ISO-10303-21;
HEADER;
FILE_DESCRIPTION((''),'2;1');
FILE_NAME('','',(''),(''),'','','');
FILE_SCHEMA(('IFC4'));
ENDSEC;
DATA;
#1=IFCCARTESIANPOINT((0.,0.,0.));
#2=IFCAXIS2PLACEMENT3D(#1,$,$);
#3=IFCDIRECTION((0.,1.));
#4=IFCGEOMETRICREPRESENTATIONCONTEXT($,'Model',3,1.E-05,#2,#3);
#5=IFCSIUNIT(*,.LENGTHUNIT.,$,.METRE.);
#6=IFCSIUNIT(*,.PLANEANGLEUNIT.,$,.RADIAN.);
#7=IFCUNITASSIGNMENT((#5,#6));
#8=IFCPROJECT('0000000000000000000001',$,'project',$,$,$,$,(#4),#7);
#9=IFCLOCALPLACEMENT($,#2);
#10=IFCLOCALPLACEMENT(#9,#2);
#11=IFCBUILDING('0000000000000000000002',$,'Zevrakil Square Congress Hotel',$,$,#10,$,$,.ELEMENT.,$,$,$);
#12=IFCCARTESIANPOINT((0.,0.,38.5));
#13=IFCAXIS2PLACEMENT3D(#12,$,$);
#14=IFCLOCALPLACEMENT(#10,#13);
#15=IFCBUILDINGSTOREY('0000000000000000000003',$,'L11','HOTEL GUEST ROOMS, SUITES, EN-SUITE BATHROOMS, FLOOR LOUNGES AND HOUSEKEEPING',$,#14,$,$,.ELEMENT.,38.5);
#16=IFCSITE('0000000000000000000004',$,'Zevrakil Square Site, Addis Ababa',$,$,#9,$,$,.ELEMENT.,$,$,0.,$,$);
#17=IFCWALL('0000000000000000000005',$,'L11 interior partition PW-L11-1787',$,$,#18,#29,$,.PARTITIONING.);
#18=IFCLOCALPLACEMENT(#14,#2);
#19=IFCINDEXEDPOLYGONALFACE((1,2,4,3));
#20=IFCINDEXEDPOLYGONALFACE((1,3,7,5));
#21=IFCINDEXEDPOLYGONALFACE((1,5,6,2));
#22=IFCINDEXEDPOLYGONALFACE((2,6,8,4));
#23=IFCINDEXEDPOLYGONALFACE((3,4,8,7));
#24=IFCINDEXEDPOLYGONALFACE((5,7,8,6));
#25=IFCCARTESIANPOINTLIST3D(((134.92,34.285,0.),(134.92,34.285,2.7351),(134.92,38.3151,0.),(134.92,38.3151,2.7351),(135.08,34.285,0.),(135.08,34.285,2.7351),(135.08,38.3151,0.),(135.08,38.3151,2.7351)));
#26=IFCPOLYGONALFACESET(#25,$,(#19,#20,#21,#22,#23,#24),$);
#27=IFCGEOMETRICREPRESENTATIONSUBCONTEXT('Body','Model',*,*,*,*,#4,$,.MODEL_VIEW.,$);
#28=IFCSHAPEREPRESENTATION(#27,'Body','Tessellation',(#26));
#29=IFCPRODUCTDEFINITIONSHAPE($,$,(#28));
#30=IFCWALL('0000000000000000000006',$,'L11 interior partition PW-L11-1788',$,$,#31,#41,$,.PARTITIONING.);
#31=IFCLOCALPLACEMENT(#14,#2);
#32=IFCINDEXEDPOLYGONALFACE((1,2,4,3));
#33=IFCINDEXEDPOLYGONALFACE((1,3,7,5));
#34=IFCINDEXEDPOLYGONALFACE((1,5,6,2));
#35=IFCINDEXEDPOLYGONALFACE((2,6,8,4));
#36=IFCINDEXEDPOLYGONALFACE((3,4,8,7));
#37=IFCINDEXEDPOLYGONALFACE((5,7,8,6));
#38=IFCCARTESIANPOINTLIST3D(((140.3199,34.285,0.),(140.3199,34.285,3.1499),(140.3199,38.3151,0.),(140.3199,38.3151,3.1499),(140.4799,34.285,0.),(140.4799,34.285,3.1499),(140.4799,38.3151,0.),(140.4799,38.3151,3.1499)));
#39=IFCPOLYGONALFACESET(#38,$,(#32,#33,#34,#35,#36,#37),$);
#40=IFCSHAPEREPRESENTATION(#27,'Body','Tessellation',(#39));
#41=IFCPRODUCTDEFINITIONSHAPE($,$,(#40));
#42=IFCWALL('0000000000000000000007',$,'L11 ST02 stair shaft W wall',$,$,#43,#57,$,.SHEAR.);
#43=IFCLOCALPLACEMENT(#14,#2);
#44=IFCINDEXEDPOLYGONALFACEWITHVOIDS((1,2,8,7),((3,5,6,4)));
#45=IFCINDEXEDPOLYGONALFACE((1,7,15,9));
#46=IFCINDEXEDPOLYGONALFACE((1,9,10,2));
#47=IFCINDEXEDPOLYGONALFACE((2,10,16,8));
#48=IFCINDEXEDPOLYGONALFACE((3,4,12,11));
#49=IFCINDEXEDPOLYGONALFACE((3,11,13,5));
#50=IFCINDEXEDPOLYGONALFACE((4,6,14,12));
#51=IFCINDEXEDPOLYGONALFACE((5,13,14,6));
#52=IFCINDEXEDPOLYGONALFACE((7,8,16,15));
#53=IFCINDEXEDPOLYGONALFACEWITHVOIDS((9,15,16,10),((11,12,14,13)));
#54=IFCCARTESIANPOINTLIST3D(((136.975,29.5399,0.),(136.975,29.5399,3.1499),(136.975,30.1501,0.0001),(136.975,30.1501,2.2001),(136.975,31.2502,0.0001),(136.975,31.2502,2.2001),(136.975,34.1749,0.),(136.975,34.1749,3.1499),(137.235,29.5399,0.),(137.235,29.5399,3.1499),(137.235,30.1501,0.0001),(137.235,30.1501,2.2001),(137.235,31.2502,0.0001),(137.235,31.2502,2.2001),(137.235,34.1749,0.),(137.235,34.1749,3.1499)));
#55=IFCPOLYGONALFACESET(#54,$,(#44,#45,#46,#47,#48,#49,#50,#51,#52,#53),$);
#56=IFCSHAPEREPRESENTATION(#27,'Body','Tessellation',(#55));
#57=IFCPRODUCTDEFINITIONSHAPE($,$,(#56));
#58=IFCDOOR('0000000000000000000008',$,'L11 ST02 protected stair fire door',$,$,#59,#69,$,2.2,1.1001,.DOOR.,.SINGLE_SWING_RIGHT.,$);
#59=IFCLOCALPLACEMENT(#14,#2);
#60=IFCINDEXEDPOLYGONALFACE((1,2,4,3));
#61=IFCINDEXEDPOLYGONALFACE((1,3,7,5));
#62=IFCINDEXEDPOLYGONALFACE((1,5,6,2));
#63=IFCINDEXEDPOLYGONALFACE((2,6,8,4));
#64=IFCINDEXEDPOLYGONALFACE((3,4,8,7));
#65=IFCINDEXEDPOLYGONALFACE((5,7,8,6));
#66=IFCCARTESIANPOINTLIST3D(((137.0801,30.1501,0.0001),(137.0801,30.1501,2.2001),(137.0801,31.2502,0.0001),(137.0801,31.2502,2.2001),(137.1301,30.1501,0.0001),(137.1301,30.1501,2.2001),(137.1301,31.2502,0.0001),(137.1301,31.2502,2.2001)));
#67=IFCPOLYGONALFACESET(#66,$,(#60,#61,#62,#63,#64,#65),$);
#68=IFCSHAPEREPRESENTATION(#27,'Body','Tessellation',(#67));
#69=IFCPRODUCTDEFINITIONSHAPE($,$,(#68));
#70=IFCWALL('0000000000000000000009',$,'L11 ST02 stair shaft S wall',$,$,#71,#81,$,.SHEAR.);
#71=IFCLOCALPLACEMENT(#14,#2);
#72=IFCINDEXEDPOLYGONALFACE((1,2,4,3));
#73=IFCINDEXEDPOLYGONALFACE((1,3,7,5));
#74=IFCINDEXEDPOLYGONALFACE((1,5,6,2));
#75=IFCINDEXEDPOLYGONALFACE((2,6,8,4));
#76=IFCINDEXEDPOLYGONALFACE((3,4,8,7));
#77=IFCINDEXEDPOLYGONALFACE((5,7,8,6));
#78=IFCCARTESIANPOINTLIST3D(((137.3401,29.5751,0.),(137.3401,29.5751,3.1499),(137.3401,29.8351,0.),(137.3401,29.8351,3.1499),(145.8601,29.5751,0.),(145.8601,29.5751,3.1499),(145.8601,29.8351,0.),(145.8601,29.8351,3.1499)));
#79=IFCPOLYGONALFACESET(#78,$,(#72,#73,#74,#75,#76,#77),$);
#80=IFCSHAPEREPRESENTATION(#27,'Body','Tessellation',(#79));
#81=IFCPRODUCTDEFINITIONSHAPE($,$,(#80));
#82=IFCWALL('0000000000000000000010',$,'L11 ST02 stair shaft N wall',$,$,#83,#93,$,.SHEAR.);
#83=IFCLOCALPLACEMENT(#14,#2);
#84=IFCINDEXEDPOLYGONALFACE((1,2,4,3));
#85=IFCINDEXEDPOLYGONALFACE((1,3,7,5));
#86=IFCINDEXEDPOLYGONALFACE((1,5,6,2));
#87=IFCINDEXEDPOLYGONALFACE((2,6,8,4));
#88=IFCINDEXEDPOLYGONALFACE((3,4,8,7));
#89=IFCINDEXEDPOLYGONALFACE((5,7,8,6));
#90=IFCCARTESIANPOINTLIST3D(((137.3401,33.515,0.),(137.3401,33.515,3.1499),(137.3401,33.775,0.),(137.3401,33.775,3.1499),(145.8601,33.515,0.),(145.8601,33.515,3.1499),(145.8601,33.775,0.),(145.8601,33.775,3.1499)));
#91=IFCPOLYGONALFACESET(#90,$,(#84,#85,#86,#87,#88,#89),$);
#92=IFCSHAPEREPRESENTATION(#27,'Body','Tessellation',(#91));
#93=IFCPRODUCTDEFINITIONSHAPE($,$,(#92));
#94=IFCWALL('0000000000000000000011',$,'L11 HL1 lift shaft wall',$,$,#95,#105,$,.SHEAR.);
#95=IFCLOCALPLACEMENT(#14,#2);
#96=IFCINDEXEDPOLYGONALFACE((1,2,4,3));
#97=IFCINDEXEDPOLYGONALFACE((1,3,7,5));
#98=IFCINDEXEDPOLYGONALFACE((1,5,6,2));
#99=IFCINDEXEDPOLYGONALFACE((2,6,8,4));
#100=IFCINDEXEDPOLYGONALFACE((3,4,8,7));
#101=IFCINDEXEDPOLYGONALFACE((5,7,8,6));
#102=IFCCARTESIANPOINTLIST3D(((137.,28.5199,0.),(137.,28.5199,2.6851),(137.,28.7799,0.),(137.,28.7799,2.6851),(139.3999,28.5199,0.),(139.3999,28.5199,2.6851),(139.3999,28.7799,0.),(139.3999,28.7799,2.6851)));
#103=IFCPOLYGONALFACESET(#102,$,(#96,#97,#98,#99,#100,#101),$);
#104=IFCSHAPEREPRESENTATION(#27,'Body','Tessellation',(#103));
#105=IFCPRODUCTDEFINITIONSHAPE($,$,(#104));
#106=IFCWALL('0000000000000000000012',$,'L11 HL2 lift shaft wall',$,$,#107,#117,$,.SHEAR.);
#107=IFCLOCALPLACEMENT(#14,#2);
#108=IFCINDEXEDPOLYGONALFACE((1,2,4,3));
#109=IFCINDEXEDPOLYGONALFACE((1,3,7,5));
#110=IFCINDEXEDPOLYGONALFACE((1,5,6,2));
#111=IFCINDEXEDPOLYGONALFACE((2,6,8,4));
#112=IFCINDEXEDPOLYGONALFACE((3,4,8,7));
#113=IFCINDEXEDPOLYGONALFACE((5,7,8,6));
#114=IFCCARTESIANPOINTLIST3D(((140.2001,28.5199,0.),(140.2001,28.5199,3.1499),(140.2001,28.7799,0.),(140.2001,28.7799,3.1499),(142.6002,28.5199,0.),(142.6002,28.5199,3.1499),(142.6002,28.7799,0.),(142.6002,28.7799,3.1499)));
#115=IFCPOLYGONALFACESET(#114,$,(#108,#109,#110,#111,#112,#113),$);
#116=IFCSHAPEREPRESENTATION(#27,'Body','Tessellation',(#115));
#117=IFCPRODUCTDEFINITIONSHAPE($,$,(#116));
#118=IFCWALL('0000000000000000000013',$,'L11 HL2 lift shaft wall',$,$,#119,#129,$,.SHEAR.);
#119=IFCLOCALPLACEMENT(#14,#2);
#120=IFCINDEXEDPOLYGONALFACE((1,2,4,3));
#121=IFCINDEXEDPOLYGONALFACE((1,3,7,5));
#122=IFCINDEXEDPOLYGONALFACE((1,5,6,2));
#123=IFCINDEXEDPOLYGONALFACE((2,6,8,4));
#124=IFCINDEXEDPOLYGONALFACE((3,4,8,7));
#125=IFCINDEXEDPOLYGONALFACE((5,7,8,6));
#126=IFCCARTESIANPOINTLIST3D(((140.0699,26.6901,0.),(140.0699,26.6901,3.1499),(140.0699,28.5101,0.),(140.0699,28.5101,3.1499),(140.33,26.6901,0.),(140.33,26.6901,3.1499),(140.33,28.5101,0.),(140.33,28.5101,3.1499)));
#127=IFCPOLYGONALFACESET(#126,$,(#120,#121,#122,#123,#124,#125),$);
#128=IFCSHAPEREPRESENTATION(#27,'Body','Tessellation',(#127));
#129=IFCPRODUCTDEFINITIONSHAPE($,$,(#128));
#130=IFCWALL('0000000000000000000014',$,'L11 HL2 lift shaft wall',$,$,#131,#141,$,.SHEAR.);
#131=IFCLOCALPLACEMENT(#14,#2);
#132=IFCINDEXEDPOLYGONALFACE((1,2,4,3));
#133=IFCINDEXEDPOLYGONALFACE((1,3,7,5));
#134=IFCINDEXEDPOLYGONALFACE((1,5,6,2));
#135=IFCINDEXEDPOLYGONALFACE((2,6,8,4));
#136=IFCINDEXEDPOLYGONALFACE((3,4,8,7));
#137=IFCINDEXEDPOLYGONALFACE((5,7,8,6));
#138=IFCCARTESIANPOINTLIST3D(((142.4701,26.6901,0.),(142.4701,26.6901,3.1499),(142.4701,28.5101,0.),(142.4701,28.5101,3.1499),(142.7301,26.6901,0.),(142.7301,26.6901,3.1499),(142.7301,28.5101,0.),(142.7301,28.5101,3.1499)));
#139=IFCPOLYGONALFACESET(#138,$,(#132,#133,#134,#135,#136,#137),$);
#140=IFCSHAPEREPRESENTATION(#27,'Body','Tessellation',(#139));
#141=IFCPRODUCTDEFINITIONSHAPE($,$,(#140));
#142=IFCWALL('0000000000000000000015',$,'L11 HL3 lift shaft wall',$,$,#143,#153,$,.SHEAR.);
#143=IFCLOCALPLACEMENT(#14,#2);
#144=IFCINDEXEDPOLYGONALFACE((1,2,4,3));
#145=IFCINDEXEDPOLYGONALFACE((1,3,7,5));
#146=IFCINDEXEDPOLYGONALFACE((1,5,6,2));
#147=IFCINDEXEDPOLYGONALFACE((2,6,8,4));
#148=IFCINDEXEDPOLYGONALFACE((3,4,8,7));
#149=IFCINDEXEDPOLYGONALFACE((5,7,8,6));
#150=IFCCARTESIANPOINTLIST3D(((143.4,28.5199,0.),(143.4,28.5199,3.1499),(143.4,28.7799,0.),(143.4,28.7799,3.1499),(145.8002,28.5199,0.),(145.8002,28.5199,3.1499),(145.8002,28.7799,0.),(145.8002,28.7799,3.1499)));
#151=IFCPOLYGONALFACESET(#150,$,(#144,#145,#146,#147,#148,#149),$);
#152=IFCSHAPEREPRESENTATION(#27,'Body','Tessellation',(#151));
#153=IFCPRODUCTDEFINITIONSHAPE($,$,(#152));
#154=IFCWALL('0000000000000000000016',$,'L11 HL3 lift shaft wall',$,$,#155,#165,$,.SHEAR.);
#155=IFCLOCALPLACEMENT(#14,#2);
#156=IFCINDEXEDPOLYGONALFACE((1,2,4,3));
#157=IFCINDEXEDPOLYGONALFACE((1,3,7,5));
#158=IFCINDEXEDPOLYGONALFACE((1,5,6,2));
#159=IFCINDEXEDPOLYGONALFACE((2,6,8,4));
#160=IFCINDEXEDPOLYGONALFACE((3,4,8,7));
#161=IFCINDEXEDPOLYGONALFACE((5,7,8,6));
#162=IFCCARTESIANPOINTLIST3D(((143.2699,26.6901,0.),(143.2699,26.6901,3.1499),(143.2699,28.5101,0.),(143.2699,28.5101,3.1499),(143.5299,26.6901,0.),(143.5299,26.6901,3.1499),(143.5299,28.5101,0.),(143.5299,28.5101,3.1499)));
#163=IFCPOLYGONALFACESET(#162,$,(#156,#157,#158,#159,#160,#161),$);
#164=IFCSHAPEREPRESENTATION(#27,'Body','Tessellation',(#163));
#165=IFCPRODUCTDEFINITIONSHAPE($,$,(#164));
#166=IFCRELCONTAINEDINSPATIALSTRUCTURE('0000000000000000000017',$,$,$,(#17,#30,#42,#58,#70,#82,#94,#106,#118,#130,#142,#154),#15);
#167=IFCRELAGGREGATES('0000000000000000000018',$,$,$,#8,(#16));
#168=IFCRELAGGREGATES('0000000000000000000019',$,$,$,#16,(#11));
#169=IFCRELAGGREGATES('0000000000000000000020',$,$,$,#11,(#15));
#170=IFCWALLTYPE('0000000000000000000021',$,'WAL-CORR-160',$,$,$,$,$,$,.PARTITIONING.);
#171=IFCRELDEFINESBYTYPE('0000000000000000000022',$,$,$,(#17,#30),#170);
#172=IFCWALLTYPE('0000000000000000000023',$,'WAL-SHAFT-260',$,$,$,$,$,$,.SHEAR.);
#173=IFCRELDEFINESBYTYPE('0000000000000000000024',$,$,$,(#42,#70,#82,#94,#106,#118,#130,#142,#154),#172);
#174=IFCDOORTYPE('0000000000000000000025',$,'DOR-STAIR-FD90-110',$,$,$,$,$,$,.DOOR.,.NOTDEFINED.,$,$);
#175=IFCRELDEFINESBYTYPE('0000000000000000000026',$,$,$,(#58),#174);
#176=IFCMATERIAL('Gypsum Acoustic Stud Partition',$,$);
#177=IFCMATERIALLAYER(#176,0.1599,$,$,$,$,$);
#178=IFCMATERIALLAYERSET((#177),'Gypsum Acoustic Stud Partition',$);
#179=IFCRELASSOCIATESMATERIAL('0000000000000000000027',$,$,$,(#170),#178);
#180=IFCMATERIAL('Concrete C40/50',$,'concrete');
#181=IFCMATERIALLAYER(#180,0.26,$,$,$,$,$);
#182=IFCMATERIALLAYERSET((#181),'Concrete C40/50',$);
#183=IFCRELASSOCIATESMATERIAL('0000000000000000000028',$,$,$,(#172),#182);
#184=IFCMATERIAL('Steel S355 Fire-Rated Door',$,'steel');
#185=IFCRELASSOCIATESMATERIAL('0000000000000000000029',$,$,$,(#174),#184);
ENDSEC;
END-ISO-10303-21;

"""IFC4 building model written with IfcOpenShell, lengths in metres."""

from ifc_helpers import new_model, si_unit, direction, frame, frame_2d, origin, place, context, subcontext, project, spatial, rectangle, extrude, material, layer, layer_set, type_object, element, fill, save


model = new_model("IFC4")

# Units and contexts
model_context = context("Model", 3, precision=1e-05, world=origin(), true_north=direction((0.0, 1.0)))
body_context = subcontext(model_context, "Body", "Model", "MODEL_VIEW")
ifc_project = project(units=[si_unit("LENGTHUNIT", "METRE"), si_unit("PLANEANGLEUNIT", "RADIAN")], contexts=[model_context])

# Site, building, storey
site_placement = place(None, origin())
site = spatial("IfcSite", under=ifc_project, at=site_placement, Name="Zevrakil Square Site, Addis Ababa", CompositionType="ELEMENT", RefElevation=0.0)
building_placement = place(site_placement, origin())
building = spatial("IfcBuilding", under=site, at=building_placement, Name="Zevrakil Square Congress Hotel", CompositionType="ELEMENT")
storey_placement = place(building_placement, frame((0.0, 0.0, 38.5)))
storey = spatial("IfcBuildingStorey", under=building, at=storey_placement, Name="L11", Description="HOTEL GUEST ROOMS, SUITES, EN-SUITE BATHROOMS, FLOOR LOUNGES AND HOUSEKEEPING", CompositionType="ELEMENT", Elevation=38.5)

# Shared definitions
ifc_material_1 = material(Name="Gypsum Acoustic Stud Partition")
ifc_layer_1 = layer(ifc_material_1, 0.1599)
ifc_layer_set_1 = layer_set([ifc_layer_1], Name="Gypsum Acoustic Stud Partition")
wall_type_1 = type_object("IfcWallType", Name="WAL-CORR-160", PredefinedType="PARTITIONING", material=ifc_layer_set_1)

# Walls
wall_1_placement = place(storey_placement, frame((135.0, 34.2849, 0.0), z_axis=(0.0, 0.0, 1.0), x_axis=(0.0, 1.0, 0.0)))
element("IfcWall", 1, at=wall_1_placement, inside=storey, type_object=wall_type_1, Name="L11 interior partition PW-L11-1787", PredefinedType="PARTITIONING", context=body_context, shape_type="SweptSolid", body=[
    extrude(rectangle(XDim=4.03, YDim=0.1599, at=frame_2d((2.0151, 0.0))), origin(), (0.0, 0.0, 1.0), 2.7351),
])
wall_2_placement = place(storey_placement, frame((140.3999, 34.2849, 0.0), z_axis=(0.0, 0.0, 1.0), x_axis=(0.0, 1.0, 0.0)))
element("IfcWall", 2, at=wall_2_placement, inside=storey, type_object=wall_type_1, Name="L11 interior partition PW-L11-1788", PredefinedType="PARTITIONING", context=body_context, shape_type="SweptSolid", body=[
    extrude(rectangle(XDim=4.03, YDim=0.1599, at=frame_2d((2.0151, 0.0))), origin(), (0.0, 0.0, 1.0), 3.1499),
])

# Wall, opening, door
ifc_material_2 = material(Name="Concrete C40/50", Category="concrete")
ifc_layer_2 = layer(ifc_material_2, 0.26)
ifc_layer_set_2 = layer_set([ifc_layer_2], Name="Concrete C40/50")
wall_type_2 = type_object("IfcWallType", Name="WAL-SHAFT-260", PredefinedType="SHEAR", material=ifc_layer_set_2)
wall_3_placement = place(storey_placement, frame((137.105, 29.54, 0.0), z_axis=(0.0, 0.0, 1.0), x_axis=(0.0, 1.0, 0.0)))
wall_3 = element("IfcWall", 3, at=wall_3_placement, inside=storey, type_object=wall_type_2, Name="L11 ST02 stair shaft W wall", PredefinedType="SHEAR", context=body_context, shape_type="SweptSolid", body=[
    extrude(rectangle(XDim=4.635, YDim=0.26, at=frame_2d((2.3174, 0.0))), origin(), (0.0, 0.0, 1.0), 3.1499),
])
opening_1_placement = place(wall_3_placement, frame((0.6101, 0.0, 0.0)))
opening_1 = element("IfcOpeningElement", 4, at=opening_1_placement, cuts=wall_3, PredefinedType="OPENING", context=body_context, shape_type="SweptSolid", body=[
    extrude(rectangle(XDim=1.1001, YDim=2.2, at=frame_2d((0.55, 1.1001))), frame((0.0, 0.1401, 0.0), z_axis=(0.0, -1.0, 0.0), x_axis=(1.0, 0.0, 0.0)), (0.0, 0.0, 1.0), 0.28),
])
ifc_material_3 = material(Name="Steel S355 Fire-Rated Door", Category="steel")
door_type_1 = type_object("IfcDoorType", Name="DOR-STAIR-FD90-110", OperationType="NOTDEFINED", PredefinedType="DOOR", material=ifc_material_3)
door_1_placement = place(opening_1_placement, origin())
door_1 = element("IfcDoor", 5, at=door_1_placement, inside=storey, type_object=door_type_1, Name="L11 ST02 protected stair fire door", OperationType="SINGLE_SWING_RIGHT", OverallHeight=2.2, OverallWidth=1.1001, PredefinedType="DOOR", context=body_context, shape_type="SweptSolid", body=[
    extrude(rectangle(XDim=1.1001, YDim=2.2, at=frame_2d((0.55, 1.1001))), frame((0.0, 0.0249, 0.0), z_axis=(0.0, -1.0, 0.0), x_axis=(1.0, 0.0, 0.0)), (0.0, 0.0, 1.0), 0.05),
])
fill(opening_1, door_1)

# Walls
for number, where, z_axis, x_axis, name in (
    (6, (137.3401, 29.7051, 0.0), (0.0, 0.0, 1.0), (1.0, 0.0, 0.0), "L11 ST02 stair shaft S wall"),
    (7, (137.3401, 33.645, 0.0), (0.0, 0.0, 1.0), (1.0, 0.0, 0.0), "L11 ST02 stair shaft N wall"),
):
    element("IfcWall", number, at=place(storey_placement, frame(where, z_axis=z_axis, x_axis=x_axis)), inside=storey, type_object=wall_type_2, Name=name, PredefinedType="SHEAR", context=body_context, shape_type="SweptSolid", body=[
        extrude(rectangle(XDim=8.52, YDim=0.26, at=frame_2d((4.26, 0.0))), origin(), (0.0, 0.0, 1.0), 3.1499),
    ])
wall_4_placement = place(storey_placement, frame((137.0, 28.6499, 0.0), z_axis=(0.0, 0.0, 1.0), x_axis=(1.0, 0.0, 0.0)))
element("IfcWall", 8, at=wall_4_placement, inside=storey, type_object=wall_type_2, Name="L11 HL1 lift shaft wall", PredefinedType="SHEAR", context=body_context, shape_type="SweptSolid", body=[
    extrude(rectangle(XDim=2.3999, YDim=0.26, at=frame_2d((1.2, 0.0))), origin(), (0.0, 0.0, 1.0), 2.6851),
])
wall_5_placement = place(storey_placement, frame((140.2, 28.6499, 0.0), z_axis=(0.0, 0.0, 1.0), x_axis=(1.0, 0.0, 0.0)))
element("IfcWall", 9, at=wall_5_placement, inside=storey, type_object=wall_type_2, Name="L11 HL2 lift shaft wall", PredefinedType="SHEAR", context=body_context, shape_type="SweptSolid", body=[
    extrude(rectangle(XDim=2.4001, YDim=0.26, at=frame_2d((1.2002, 0.0))), origin(), (0.0, 0.0, 1.0), 3.1499),
])
for number, where, z_axis, x_axis, name in (
    (10, (140.2, 26.6899, 0.0), (0.0, 0.0, 1.0), (0.0, 1.0, 0.0), "L11 HL2 lift shaft wall"),
    (11, (142.6001, 26.6899, 0.0), (0.0, 0.0, 1.0), (0.0, 1.0, 0.0), "L11 HL2 lift shaft wall"),
):
    element("IfcWall", number, at=place(storey_placement, frame(where, z_axis=z_axis, x_axis=x_axis)), inside=storey, type_object=wall_type_2, Name=name, PredefinedType="SHEAR", context=body_context, shape_type="SweptSolid", body=[
        extrude(rectangle(XDim=1.8201, YDim=0.26, at=frame_2d((0.9102, 0.0))), origin(), (0.0, 0.0, 1.0), 3.1499),
    ])
wall_6_placement = place(storey_placement, frame((143.3999, 28.6499, 0.0), z_axis=(0.0, 0.0, 1.0), x_axis=(1.0, 0.0, 0.0)))
element("IfcWall", 12, at=wall_6_placement, inside=storey, type_object=wall_type_2, Name="L11 HL3 lift shaft wall", PredefinedType="SHEAR", context=body_context, shape_type="SweptSolid", body=[
    extrude(rectangle(XDim=2.4001, YDim=0.26, at=frame_2d((1.2002, 0.0))), origin(), (0.0, 0.0, 1.0), 3.1499),
])
wall_7_placement = place(storey_placement, frame((143.3999, 26.6899, 0.0), z_axis=(0.0, 0.0, 1.0), x_axis=(0.0, 1.0, 0.0)))
element("IfcWall", 13, at=wall_7_placement, inside=storey, type_object=wall_type_2, Name="L11 HL3 lift shaft wall", PredefinedType="SHEAR", context=body_context, shape_type="SweptSolid", body=[
    extrude(rectangle(XDim=1.8201, YDim=0.26, at=frame_2d((0.9102, 0.0))), origin(), (0.0, 0.0, 1.0), 3.1499),
])

save(model, "model.ifc")
